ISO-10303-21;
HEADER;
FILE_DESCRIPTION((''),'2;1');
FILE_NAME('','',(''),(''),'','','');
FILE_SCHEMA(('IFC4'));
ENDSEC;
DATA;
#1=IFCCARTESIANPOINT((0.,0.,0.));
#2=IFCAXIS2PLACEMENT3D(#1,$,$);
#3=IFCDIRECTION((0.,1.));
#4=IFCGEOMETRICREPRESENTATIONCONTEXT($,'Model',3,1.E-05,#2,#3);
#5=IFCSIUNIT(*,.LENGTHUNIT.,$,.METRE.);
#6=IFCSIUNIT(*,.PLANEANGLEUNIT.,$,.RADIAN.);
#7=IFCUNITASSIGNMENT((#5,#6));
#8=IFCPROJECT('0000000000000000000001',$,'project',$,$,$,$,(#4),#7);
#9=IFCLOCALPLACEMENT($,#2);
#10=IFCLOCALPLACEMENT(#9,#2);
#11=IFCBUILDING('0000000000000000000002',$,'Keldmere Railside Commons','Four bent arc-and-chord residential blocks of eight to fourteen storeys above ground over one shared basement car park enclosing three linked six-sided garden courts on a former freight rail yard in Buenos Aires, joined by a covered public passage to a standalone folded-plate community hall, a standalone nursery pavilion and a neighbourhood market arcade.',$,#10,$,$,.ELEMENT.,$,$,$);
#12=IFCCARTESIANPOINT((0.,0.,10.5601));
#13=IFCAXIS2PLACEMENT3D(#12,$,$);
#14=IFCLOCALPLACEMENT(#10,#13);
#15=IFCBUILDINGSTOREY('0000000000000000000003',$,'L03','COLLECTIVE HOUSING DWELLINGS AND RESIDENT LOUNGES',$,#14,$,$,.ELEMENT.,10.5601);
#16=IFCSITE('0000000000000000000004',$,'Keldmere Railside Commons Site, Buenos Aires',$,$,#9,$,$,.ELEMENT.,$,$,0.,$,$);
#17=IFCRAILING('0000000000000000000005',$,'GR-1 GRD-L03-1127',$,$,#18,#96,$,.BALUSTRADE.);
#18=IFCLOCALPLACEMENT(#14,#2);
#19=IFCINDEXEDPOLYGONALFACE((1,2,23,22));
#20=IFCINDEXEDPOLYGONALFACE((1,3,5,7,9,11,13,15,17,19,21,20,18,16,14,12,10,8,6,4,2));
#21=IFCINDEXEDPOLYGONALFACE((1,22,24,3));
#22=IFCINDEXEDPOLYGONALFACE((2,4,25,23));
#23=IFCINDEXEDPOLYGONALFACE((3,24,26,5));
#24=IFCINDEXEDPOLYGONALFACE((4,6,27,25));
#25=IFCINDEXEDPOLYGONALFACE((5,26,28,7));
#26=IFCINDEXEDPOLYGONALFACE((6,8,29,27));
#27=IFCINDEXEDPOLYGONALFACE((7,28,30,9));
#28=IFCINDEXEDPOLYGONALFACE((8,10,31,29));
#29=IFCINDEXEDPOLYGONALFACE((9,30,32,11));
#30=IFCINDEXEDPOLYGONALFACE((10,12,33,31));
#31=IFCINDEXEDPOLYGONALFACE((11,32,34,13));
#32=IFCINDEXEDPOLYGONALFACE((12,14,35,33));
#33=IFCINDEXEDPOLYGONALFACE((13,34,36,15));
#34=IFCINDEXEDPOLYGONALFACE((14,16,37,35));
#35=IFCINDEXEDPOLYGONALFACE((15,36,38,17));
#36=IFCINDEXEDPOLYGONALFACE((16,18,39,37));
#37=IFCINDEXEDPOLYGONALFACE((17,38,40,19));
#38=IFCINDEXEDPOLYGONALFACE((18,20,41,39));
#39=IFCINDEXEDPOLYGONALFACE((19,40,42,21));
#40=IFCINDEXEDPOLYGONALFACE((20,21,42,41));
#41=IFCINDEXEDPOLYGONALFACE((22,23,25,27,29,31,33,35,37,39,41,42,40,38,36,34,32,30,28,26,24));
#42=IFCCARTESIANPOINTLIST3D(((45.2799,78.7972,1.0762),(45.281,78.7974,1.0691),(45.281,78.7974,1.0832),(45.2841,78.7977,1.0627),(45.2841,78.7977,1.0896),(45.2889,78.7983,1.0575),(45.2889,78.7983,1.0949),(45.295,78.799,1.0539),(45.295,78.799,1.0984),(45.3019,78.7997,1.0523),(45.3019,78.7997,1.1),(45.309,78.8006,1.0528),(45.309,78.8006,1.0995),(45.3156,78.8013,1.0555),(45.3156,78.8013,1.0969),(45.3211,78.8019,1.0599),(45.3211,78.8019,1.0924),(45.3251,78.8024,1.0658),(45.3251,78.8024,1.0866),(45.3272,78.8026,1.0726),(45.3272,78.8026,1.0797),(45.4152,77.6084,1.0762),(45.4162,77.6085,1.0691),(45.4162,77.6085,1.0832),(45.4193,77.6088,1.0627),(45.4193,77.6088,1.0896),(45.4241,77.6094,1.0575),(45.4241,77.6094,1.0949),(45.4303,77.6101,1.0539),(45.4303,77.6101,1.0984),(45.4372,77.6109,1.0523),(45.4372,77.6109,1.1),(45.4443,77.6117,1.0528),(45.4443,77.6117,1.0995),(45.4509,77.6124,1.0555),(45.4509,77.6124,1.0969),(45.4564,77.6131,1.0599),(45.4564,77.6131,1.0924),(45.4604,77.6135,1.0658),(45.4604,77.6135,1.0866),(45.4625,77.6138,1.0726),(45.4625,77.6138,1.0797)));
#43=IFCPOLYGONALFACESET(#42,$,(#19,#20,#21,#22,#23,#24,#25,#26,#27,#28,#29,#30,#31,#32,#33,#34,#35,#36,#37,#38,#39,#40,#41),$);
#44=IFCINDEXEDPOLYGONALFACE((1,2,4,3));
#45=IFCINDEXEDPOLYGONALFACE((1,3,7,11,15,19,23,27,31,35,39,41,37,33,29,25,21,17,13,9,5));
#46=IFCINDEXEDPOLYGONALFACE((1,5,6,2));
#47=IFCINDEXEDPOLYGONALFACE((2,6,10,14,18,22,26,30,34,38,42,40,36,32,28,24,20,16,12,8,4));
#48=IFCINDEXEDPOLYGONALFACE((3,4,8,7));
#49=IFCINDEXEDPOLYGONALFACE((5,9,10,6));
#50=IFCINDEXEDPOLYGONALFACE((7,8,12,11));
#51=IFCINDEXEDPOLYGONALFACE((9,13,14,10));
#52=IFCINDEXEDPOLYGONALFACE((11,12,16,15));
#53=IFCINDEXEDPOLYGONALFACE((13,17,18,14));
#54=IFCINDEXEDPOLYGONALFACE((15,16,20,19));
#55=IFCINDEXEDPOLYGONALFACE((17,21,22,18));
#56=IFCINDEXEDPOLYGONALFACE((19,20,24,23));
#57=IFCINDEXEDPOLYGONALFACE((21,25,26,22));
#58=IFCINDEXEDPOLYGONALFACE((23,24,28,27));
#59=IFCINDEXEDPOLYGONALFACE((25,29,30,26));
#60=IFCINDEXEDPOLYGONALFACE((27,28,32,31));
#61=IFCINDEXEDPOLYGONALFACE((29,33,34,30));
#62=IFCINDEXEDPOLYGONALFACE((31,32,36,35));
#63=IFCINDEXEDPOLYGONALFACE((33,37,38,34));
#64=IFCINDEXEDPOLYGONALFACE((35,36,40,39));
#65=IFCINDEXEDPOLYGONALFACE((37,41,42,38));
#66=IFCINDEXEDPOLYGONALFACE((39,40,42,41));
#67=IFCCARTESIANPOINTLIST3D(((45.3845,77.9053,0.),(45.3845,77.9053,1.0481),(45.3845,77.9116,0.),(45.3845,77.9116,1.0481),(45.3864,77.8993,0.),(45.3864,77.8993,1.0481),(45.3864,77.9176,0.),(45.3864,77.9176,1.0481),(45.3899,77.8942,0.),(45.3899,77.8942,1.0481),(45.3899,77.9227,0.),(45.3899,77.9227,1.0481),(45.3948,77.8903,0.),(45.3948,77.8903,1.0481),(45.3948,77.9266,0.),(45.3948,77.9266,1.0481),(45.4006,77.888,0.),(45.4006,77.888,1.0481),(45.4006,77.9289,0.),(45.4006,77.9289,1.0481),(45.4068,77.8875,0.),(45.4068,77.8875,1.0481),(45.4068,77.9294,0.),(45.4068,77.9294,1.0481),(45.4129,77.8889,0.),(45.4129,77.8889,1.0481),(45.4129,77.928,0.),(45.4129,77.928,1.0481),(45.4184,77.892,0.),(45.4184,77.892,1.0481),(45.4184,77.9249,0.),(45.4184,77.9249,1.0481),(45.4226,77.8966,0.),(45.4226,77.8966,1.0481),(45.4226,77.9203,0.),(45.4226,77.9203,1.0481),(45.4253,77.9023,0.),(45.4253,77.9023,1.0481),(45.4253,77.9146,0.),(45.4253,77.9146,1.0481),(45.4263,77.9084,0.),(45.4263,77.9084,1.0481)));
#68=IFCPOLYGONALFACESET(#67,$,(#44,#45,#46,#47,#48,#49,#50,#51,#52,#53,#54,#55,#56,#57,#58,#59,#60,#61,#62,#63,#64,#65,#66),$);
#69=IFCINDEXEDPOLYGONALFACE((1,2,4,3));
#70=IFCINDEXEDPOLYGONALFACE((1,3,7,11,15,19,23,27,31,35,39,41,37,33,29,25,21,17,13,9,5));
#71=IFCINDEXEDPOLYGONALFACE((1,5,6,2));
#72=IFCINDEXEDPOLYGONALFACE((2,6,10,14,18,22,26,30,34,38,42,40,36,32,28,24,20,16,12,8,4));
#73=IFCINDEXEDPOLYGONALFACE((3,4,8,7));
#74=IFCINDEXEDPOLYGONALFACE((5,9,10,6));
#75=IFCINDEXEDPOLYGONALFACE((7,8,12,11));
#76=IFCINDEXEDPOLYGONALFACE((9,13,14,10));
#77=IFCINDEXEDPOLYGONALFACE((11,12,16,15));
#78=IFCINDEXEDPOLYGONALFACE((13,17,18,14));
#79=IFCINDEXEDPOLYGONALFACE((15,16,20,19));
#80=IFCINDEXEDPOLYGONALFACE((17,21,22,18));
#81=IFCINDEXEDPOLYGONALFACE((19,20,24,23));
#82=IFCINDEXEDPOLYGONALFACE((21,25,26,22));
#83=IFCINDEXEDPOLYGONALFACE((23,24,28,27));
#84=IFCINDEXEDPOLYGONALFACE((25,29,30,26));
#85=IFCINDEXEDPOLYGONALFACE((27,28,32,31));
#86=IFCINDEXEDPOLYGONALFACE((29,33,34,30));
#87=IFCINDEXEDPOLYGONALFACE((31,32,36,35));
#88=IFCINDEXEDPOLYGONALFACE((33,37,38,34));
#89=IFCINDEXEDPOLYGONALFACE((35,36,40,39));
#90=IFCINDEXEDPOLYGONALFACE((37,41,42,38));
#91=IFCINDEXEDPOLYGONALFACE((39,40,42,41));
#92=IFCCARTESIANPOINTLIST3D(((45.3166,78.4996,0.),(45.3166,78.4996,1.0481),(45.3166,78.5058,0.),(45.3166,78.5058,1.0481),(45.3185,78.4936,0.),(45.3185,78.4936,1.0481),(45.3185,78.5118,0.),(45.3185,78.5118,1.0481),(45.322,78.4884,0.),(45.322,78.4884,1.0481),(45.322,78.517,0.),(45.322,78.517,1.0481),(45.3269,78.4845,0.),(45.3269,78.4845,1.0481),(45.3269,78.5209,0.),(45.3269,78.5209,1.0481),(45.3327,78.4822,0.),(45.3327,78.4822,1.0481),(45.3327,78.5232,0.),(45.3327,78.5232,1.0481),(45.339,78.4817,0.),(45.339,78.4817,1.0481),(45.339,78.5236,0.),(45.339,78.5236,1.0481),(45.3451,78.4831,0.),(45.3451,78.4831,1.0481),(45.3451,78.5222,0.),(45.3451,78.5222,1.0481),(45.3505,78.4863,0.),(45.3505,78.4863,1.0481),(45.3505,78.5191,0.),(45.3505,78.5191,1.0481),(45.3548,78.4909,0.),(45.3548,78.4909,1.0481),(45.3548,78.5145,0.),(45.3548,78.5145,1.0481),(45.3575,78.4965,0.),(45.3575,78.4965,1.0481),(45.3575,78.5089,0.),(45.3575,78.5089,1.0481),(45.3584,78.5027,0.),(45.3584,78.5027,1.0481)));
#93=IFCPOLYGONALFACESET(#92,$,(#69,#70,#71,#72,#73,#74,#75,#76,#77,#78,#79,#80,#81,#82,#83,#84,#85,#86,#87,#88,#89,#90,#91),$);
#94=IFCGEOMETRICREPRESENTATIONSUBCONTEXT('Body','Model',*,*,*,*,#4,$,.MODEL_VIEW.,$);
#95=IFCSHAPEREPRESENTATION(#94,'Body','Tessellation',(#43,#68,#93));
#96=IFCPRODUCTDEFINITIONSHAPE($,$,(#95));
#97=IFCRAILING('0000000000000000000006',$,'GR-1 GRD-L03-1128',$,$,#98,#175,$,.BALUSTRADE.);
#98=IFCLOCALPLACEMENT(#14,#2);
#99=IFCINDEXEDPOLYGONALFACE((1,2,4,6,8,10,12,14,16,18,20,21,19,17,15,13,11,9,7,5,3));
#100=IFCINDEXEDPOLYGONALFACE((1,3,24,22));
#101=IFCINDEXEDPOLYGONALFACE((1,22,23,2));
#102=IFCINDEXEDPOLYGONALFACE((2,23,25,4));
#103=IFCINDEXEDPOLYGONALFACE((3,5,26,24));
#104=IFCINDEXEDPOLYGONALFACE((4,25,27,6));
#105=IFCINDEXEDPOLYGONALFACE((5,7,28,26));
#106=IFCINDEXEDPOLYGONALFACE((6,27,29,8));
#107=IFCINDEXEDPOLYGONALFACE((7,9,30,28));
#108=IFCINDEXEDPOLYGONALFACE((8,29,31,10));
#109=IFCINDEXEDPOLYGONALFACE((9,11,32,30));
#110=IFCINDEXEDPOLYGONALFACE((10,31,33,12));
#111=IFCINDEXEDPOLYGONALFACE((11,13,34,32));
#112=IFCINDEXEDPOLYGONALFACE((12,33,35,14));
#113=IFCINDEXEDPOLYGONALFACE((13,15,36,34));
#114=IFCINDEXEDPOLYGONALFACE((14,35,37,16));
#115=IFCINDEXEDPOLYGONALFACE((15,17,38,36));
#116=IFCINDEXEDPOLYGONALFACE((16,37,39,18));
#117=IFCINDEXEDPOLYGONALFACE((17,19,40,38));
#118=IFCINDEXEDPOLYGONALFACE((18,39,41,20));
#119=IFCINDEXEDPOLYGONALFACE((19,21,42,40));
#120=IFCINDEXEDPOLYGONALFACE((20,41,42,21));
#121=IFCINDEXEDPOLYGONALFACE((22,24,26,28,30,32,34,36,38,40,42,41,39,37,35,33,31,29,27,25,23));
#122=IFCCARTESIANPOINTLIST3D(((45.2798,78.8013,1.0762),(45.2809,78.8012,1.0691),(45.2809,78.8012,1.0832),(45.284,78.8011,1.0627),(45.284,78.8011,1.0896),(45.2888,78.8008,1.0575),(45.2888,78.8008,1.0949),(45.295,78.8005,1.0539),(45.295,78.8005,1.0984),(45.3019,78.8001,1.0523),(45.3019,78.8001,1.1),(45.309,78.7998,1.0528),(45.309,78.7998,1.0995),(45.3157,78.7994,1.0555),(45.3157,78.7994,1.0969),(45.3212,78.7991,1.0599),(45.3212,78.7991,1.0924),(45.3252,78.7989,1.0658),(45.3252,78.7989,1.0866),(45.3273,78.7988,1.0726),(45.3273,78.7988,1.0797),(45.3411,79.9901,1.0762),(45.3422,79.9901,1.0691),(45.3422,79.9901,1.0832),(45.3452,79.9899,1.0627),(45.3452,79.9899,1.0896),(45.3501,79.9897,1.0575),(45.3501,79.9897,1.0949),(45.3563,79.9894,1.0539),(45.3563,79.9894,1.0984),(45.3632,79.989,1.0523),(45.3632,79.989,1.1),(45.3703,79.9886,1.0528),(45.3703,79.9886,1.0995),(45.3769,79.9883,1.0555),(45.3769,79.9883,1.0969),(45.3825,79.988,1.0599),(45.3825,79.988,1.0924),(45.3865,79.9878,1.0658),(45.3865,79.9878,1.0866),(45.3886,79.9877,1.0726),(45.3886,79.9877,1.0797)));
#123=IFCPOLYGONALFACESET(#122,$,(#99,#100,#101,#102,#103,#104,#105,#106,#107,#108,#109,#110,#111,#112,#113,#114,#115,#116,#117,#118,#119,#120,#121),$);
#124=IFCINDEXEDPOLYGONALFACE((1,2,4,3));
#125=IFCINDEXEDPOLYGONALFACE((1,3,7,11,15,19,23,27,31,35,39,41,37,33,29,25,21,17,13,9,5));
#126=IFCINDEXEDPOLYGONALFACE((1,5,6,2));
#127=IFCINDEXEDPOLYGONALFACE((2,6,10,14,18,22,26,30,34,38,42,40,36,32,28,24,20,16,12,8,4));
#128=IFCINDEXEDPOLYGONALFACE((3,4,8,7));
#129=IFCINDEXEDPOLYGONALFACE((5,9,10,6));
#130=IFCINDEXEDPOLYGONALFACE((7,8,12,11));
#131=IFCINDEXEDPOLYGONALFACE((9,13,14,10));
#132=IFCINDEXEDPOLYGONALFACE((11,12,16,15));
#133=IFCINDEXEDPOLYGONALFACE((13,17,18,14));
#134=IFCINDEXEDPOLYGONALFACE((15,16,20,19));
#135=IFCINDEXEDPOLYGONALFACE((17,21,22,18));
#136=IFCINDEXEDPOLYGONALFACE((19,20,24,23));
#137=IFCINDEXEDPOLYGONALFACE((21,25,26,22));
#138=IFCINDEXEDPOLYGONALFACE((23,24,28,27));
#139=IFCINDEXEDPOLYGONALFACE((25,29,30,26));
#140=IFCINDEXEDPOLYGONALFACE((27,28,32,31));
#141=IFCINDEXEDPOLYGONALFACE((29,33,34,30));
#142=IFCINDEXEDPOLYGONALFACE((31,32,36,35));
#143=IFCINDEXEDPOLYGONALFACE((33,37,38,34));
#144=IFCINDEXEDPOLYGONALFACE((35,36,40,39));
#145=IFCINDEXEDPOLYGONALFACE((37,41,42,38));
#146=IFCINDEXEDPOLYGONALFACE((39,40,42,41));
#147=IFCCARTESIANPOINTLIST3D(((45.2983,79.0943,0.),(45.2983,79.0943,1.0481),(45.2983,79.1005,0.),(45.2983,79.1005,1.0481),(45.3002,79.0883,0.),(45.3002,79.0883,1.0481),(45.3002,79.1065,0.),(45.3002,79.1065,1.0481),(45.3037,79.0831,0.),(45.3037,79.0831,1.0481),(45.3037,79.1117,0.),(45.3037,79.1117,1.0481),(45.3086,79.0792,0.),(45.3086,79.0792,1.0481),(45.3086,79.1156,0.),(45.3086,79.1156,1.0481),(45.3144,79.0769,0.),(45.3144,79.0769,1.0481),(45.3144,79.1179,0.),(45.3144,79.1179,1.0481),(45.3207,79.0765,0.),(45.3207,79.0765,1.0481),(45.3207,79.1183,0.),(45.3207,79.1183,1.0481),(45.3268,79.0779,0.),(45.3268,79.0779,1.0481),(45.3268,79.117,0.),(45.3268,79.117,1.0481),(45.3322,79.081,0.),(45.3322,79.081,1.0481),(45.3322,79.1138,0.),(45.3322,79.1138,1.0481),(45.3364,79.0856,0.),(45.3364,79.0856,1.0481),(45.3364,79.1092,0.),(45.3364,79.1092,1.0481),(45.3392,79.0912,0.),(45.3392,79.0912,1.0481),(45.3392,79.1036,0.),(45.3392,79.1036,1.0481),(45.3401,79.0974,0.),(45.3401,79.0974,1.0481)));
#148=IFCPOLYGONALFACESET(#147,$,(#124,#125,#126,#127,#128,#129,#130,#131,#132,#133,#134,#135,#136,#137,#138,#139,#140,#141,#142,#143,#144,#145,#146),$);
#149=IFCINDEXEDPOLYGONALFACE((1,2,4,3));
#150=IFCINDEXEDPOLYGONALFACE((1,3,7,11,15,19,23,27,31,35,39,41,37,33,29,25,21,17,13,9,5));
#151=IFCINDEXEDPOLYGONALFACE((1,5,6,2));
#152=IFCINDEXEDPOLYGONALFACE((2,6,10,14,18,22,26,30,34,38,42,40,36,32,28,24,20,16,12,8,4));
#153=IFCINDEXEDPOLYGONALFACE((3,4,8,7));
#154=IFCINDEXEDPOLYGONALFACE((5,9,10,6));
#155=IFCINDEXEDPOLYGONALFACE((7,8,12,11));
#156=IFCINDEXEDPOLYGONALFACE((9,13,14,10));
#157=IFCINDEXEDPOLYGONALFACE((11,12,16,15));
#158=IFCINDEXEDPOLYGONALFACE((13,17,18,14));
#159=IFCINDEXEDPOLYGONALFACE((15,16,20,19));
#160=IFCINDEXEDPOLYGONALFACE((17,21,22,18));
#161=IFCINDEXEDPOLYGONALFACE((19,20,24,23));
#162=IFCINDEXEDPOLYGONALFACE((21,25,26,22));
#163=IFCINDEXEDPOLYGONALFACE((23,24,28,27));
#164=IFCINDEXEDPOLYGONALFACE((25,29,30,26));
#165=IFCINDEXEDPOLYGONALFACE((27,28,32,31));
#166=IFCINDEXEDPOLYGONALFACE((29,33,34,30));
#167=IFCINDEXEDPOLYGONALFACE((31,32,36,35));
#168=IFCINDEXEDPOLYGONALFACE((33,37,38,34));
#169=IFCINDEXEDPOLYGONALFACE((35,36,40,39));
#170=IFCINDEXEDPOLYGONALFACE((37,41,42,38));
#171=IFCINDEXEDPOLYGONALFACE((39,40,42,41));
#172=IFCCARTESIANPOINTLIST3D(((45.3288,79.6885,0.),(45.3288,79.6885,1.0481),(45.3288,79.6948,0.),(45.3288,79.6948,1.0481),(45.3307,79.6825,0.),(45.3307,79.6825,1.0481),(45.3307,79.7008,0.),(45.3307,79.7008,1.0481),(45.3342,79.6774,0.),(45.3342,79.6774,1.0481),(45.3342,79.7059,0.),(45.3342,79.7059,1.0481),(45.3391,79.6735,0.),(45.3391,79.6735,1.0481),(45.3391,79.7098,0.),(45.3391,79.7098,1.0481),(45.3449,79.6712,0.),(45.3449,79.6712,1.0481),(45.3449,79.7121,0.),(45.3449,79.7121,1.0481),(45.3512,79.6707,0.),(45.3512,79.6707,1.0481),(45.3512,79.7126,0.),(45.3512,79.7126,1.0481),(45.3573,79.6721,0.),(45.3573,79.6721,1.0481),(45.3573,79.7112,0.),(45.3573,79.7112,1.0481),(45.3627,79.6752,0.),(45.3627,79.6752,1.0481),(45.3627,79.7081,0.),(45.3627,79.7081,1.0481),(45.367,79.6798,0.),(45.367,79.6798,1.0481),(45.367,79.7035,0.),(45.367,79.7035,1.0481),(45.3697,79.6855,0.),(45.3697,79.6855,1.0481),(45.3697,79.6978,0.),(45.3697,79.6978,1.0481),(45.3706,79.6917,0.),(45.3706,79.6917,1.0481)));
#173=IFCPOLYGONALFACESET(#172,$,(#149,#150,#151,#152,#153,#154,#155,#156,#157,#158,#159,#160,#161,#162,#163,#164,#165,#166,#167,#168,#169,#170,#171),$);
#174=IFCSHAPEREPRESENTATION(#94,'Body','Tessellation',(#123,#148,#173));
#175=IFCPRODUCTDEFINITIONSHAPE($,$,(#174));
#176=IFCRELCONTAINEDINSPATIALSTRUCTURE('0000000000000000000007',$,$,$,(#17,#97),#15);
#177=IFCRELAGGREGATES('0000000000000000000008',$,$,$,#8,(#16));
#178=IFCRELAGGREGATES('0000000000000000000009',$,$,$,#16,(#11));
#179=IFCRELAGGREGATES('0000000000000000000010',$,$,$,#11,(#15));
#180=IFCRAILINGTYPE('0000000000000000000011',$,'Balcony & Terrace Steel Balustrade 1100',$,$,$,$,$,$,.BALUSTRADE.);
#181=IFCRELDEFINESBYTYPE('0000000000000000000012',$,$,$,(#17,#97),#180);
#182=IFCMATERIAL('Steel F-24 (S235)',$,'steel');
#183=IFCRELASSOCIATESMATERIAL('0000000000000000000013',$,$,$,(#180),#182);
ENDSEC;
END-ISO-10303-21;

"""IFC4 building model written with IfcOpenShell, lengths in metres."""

from ifc_helpers import new_model, si_unit, direction, frame, origin, origin_2d, place, context, subcontext, project, spatial, circle, extrude, material, type_object, element, save


model = new_model("IFC4")

# Units and contexts
model_context = context("Model", 3, precision=1e-05, world=origin(), true_north=direction((0.0, 1.0)))
body_context = subcontext(model_context, "Body", "Model", "MODEL_VIEW")
ifc_project = project(units=[si_unit("LENGTHUNIT", "METRE"), si_unit("PLANEANGLEUNIT", "RADIAN")], contexts=[model_context])

# Site, building, storey
site_placement = place(None, origin())
site = spatial("IfcSite", under=ifc_project, at=site_placement, Name="Keldmere Railside Commons Site, Buenos Aires", CompositionType="ELEMENT", RefElevation=0.0)
building_placement = place(site_placement, origin())
building = spatial("IfcBuilding", under=site, at=building_placement, Name="Keldmere Railside Commons", Description="Four bent arc-and-chord residential blocks of eight to fourteen storeys above ground over one shared basement car park enclosing three linked six-sided garden courts on a former freight rail yard in Buenos Aires, joined by a covered public passage to a standalone folded-plate community hall, a standalone nursery pavilion and a neighbourhood market arcade.", CompositionType="ELEMENT")
storey_placement = place(building_placement, frame((0.0, 0.0, 10.5601)))
storey = spatial("IfcBuildingStorey", under=building, at=storey_placement, Name="L03", Description="COLLECTIVE HOUSING DWELLINGS AND RESIDENT LOUNGES", CompositionType="ELEMENT", Elevation=10.5601)

# Railings
ifc_material_1 = material(Name="Steel F-24 (S235)", Category="steel")
railing_type = type_object("IfcRailingType", Name="Balcony & Terrace Steel Balustrade 1100", PredefinedType="BALUSTRADE", material=ifc_material_1)
railing_1_placement = place(storey_placement, frame((45.439, 77.6111, 0.0)))
element("IfcRailing", 1, at=railing_1_placement, inside=storey, type_object=railing_type, Name="GR-1 GRD-L03-1127", PredefinedType="BALUSTRADE", context=body_context, shape_type="SweptSolid", body=[
    extrude(circle(Radius=0.0239, at=origin_2d()), frame((0.0, 0.0, 1.0762), z_axis=(-0.113029, 0.993592, 0.0), x_axis=(-0.993592, -0.113029, 0.0)), (0.0, 0.0, 1.0), 1.1965),
    extrude(circle(Radius=0.021, at=origin_2d()), frame((-0.0337, 0.2974, 0.0)), (0.0, 0.0, 1.0), 1.0481),
    extrude(circle(Radius=0.021, at=origin_2d()), frame((-0.1016, 0.8916, 0.0)), (0.0, 0.0, 1.0), 1.0481),
])
railing_2_placement = place(storey_placement, frame((45.3037, 78.8, 0.0)))
element("IfcRailing", 2, at=railing_2_placement, inside=storey, type_object=railing_type, Name="GR-1 GRD-L03-1128", PredefinedType="BALUSTRADE", context=body_context, shape_type="SweptSolid", body=[
    extrude(circle(Radius=0.0239, at=origin_2d()), frame((0.0, 0.0, 1.0762), z_axis=(0.051472, 0.998674, 0.0), x_axis=(-0.998674, 0.051472, 0.0)), (0.0, 0.0, 1.0), 1.1904),
    extrude(circle(Radius=0.021, at=origin_2d()), frame((0.0154, 0.2974, 0.0)), (0.0, 0.0, 1.0), 1.0481),
    extrude(circle(Radius=0.021, at=origin_2d()), frame((0.0459, 0.8916, 0.0)), (0.0, 0.0, 1.0), 1.0481),
])

save(model, "model.ifc")
